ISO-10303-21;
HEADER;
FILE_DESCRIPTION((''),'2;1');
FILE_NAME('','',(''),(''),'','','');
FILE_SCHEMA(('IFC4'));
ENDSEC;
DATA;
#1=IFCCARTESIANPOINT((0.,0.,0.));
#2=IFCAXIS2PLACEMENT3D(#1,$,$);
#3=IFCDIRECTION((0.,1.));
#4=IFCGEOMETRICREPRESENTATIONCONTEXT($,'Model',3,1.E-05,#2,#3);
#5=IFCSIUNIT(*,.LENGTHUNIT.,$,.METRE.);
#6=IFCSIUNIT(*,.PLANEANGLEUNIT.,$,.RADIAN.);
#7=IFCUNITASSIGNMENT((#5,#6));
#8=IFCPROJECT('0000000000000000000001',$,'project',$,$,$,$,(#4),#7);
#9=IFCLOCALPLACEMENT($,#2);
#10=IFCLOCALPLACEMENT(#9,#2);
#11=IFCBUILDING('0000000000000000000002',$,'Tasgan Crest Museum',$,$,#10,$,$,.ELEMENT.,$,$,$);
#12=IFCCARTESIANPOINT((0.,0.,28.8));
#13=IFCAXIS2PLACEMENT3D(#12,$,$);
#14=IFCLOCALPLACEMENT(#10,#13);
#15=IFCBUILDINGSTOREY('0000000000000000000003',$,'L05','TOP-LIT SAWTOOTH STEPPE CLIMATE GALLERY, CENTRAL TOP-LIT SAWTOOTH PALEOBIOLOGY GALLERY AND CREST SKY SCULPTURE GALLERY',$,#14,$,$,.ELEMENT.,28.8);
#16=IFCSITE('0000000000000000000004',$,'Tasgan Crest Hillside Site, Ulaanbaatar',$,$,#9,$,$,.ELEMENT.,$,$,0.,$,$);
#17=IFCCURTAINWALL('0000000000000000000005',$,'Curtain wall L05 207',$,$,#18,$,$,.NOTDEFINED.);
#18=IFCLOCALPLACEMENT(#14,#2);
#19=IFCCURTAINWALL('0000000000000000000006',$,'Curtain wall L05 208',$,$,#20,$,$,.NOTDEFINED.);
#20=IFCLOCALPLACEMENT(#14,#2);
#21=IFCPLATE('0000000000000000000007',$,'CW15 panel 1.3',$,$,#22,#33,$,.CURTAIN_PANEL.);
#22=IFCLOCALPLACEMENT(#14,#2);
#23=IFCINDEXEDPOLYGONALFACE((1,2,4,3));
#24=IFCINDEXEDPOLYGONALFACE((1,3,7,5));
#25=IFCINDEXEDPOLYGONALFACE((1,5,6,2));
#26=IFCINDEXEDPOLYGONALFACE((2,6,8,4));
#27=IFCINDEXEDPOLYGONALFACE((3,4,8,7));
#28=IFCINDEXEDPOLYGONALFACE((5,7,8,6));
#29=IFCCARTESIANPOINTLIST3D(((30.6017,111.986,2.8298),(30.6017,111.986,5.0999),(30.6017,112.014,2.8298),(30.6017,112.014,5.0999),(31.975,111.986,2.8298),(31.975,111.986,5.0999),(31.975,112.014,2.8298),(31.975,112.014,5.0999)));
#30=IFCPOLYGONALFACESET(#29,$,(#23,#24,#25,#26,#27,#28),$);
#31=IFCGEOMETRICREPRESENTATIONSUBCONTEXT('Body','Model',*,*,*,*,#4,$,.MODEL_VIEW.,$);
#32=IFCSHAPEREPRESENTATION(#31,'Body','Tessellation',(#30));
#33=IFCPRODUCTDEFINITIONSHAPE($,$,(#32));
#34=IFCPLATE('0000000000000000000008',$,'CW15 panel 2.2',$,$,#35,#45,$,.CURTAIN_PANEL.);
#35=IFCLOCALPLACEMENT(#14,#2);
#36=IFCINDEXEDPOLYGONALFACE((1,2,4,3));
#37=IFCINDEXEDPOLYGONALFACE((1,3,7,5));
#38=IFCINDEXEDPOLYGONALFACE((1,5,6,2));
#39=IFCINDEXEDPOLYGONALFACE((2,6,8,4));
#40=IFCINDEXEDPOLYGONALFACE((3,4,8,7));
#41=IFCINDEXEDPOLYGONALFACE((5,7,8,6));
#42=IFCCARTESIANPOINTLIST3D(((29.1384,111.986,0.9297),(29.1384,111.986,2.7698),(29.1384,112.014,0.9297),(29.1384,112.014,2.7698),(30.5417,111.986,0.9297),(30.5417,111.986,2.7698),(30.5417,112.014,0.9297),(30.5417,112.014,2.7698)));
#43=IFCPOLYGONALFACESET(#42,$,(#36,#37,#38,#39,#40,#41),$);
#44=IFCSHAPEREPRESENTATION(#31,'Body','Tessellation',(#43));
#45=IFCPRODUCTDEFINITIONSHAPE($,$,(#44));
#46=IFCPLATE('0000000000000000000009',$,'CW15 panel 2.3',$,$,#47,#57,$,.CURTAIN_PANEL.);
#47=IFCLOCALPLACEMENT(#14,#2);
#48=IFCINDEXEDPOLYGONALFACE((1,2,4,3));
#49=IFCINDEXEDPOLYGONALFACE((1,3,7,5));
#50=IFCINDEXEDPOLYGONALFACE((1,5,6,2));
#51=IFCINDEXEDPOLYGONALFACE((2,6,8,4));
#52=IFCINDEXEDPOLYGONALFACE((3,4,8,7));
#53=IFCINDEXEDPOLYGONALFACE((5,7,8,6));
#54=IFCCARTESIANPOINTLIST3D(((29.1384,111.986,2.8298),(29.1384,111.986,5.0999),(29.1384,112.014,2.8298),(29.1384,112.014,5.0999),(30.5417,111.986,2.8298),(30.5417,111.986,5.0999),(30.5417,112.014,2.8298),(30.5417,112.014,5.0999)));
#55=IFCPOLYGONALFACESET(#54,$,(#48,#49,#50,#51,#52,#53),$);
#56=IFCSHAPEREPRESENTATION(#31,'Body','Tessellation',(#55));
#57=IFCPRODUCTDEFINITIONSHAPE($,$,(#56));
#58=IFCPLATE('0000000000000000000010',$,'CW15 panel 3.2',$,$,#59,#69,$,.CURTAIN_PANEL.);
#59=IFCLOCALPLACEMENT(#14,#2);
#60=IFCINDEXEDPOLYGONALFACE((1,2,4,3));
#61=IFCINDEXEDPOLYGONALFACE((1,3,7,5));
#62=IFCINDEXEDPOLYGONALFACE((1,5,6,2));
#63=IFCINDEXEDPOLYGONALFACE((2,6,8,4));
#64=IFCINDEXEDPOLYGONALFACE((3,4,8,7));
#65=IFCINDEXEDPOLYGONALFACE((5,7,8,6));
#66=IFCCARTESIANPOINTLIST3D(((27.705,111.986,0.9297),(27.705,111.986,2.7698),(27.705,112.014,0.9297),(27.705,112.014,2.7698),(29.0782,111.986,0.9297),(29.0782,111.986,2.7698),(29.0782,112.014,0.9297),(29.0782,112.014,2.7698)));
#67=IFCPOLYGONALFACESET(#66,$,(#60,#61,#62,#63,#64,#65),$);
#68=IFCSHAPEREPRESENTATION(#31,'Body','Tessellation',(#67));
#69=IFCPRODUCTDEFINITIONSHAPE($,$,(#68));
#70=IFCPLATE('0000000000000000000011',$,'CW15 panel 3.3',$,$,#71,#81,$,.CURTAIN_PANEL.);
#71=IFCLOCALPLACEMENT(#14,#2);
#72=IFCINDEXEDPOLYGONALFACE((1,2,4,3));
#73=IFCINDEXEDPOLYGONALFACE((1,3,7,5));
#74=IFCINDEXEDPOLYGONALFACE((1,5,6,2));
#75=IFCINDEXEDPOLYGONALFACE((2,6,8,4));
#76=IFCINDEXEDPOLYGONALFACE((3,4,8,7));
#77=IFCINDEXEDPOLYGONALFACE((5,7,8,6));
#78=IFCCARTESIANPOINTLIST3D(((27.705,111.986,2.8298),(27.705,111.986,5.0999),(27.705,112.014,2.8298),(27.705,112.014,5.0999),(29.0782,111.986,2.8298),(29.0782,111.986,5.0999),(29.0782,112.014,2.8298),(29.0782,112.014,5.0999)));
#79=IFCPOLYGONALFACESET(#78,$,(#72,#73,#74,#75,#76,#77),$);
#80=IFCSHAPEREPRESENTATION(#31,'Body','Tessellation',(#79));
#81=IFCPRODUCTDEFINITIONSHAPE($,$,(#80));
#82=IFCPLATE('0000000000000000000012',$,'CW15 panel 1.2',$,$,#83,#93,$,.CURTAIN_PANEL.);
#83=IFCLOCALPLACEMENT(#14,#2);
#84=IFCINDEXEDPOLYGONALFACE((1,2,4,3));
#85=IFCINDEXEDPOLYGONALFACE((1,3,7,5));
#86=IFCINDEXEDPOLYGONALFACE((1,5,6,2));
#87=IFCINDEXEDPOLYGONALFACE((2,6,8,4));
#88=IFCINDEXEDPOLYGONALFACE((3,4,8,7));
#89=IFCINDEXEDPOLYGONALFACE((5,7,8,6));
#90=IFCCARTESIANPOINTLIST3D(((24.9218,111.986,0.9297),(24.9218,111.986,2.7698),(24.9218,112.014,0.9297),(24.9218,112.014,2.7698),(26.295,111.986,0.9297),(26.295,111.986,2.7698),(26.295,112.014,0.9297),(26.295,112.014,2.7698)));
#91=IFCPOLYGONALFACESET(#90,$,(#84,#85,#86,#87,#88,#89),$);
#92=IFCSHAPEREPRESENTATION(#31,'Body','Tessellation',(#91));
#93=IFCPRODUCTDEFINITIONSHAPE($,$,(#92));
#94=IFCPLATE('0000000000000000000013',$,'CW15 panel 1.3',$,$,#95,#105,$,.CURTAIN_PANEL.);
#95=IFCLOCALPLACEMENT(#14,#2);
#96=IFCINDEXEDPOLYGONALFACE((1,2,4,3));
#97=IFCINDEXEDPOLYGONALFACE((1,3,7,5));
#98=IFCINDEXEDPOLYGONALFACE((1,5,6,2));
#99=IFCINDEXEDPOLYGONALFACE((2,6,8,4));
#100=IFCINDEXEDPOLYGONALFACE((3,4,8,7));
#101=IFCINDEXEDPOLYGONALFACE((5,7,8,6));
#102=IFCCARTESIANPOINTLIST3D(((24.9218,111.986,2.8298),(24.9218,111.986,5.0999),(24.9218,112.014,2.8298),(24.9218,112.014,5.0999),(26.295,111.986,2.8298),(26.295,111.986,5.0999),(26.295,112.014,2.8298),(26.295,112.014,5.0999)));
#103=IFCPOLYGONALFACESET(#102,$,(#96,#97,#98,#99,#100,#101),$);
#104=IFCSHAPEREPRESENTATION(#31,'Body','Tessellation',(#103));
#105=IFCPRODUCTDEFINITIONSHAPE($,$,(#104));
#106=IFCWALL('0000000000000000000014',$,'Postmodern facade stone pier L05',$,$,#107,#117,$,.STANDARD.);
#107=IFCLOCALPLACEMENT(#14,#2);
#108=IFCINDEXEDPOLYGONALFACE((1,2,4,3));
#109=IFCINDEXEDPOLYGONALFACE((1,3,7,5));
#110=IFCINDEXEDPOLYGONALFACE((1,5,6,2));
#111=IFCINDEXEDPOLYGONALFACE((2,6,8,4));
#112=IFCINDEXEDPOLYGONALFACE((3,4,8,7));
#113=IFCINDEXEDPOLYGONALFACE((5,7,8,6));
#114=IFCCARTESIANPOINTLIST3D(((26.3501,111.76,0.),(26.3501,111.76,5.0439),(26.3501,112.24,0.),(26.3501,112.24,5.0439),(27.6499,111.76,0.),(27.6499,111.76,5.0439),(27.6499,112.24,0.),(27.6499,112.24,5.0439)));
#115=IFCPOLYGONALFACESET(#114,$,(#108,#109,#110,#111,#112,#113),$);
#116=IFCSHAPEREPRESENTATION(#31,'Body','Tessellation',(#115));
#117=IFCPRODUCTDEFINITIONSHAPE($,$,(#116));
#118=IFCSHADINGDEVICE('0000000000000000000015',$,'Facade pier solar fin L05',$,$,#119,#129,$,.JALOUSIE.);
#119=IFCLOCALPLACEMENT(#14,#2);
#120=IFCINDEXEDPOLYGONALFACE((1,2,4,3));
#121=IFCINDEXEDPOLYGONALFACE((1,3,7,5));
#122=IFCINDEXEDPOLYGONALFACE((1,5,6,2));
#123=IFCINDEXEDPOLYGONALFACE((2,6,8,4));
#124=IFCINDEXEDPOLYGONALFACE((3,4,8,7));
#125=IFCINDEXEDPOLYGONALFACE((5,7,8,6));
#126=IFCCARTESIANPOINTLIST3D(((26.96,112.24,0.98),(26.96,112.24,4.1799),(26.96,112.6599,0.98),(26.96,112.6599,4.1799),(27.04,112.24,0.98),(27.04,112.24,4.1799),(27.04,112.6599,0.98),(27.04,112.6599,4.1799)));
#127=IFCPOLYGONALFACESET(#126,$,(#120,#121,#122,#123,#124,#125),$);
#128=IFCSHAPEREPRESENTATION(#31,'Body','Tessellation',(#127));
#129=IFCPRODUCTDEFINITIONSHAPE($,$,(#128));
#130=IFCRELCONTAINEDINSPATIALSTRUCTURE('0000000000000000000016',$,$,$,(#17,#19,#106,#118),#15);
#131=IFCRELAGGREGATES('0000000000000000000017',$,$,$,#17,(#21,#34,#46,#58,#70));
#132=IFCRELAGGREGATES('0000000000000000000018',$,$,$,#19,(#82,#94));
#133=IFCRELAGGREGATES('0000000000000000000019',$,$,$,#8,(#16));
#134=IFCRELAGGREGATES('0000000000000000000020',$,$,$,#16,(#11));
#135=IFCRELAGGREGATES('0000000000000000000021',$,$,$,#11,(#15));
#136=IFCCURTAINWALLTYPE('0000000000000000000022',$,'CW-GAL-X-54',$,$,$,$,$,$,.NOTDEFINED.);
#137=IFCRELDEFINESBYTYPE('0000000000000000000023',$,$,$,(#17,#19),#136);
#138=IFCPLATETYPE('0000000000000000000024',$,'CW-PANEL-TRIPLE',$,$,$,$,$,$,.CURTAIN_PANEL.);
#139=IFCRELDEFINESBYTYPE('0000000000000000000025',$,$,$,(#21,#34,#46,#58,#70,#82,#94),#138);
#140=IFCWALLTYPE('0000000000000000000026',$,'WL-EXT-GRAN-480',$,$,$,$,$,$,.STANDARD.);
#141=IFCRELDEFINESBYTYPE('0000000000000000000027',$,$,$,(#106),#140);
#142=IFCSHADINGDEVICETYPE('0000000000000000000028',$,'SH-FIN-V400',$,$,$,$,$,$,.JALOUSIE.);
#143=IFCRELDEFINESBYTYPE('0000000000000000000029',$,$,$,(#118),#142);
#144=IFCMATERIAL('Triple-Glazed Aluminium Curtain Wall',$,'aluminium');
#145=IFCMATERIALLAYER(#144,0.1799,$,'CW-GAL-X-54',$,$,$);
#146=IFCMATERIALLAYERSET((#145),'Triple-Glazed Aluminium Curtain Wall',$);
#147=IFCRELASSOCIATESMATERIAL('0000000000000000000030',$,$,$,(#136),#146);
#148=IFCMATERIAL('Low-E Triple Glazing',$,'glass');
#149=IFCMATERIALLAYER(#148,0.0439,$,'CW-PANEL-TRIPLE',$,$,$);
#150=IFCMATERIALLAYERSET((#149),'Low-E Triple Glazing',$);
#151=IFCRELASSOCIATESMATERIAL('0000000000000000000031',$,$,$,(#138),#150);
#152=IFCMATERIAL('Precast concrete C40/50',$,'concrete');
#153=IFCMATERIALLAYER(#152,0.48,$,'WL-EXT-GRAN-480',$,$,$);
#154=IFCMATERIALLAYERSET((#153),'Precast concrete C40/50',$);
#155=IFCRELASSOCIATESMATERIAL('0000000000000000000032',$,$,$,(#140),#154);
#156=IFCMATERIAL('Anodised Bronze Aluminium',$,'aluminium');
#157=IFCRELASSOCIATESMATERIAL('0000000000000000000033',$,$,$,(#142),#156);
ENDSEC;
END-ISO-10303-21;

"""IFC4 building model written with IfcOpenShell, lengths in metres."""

from ifc_helpers import new_model, si_unit, direction, frame, frame_2d, origin, origin_2d, place, context, subcontext, project, spatial, rectangle, extrude, material, layer, layer_set, type_object, element, aggregate, save


model = new_model("IFC4")

# Units and contexts
model_context = context("Model", 3, precision=1e-05, world=origin(), true_north=direction((0.0, 1.0)))
body_context = subcontext(model_context, "Body", "Model", "MODEL_VIEW")
ifc_project = project(units=[si_unit("LENGTHUNIT", "METRE"), si_unit("PLANEANGLEUNIT", "RADIAN")], contexts=[model_context])

# Site, building, storey
site_placement = place(None, origin())
site = spatial("IfcSite", under=ifc_project, at=site_placement, Name="Tasgan Crest Hillside Site, Ulaanbaatar", CompositionType="ELEMENT", RefElevation=0.0)
building_placement = place(site_placement, origin())
building = spatial("IfcBuilding", under=site, at=building_placement, Name="Tasgan Crest Museum", CompositionType="ELEMENT")
storey_placement = place(building_placement, frame((0.0, 0.0, 28.8)))
storey = spatial("IfcBuildingStorey", under=building, at=storey_placement, Name="L05", Description="TOP-LIT SAWTOOTH STEPPE CLIMATE GALLERY, CENTRAL TOP-LIT SAWTOOTH PALEOBIOLOGY GALLERY AND CREST SKY SCULPTURE GALLERY", CompositionType="ELEMENT", Elevation=28.8)

# Curtain walls
ifc_material_1 = material(Name="Triple-Glazed Aluminium Curtain Wall", Category="aluminium")
ifc_layer_1 = layer(ifc_material_1, 0.1799, Name="CW-GAL-X-54")
ifc_layer_set_1 = layer_set([ifc_layer_1], Name="Triple-Glazed Aluminium Curtain Wall")
curtain_wall_type = type_object("IfcCurtainWallType", Name="CW-GAL-X-54", PredefinedType="NOTDEFINED", material=ifc_layer_set_1)
curtain_wall_1_placement = place(storey_placement, origin())
curtain_wall_1 = element("IfcCurtainWall", 1, at=curtain_wall_1_placement, inside=storey, type_object=curtain_wall_type, Name="Curtain wall L05 207", PredefinedType="NOTDEFINED")
curtain_wall_2_placement = place(storey_placement, origin())
curtain_wall_2 = element("IfcCurtainWall", 2, at=curtain_wall_2_placement, inside=storey, type_object=curtain_wall_type, Name="Curtain wall L05 208", PredefinedType="NOTDEFINED")

# Plates
ifc_material_2 = material(Name="Low-E Triple Glazing", Category="glass")
ifc_layer_2 = layer(ifc_material_2, 0.0439, Name="CW-PANEL-TRIPLE")
ifc_layer_set_2 = layer_set([ifc_layer_2], Name="Low-E Triple Glazing")
plate_type_1 = type_object("IfcPlateType", Name="CW-PANEL-TRIPLE", PredefinedType="CURTAIN_PANEL", material=ifc_layer_set_2)
plate_1_placement = place(storey_placement, frame((31.2883, 112.0, 2.8298), z_axis=(0.0, 0.0, 1.0), x_axis=(-1.0, 0.0, 0.0)))
plate_1 = element("IfcPlate", 3, at=plate_1_placement, type_object=plate_type_1, Name="CW15 panel 1.3", PredefinedType="CURTAIN_PANEL", context=body_context, shape_type="SweptSolid", body=[
    extrude(rectangle(XDim=1.3733, YDim=0.0281, at=origin_2d()), origin(), (0.0, 0.0, 1.0), 2.27),
])
plate_2_placement = place(storey_placement, frame((29.8401, 112.0, 0.9297), z_axis=(0.0, 0.0, 1.0), x_axis=(-1.0, 0.0, 0.0)))
plate_2 = element("IfcPlate", 4, at=plate_2_placement, type_object=plate_type_1, Name="CW15 panel 2.2", PredefinedType="CURTAIN_PANEL", context=body_context, shape_type="SweptSolid", body=[
    extrude(rectangle(XDim=1.4033, YDim=0.0281, at=origin_2d()), origin(), (0.0, 0.0, 1.0), 1.8401),
])
plate_3_placement = place(storey_placement, frame((29.8401, 112.0, 2.8298), z_axis=(0.0, 0.0, 1.0), x_axis=(-1.0, 0.0, 0.0)))
plate_3 = element("IfcPlate", 5, at=plate_3_placement, type_object=plate_type_1, Name="CW15 panel 2.3", PredefinedType="CURTAIN_PANEL", context=body_context, shape_type="SweptSolid", body=[
    extrude(rectangle(XDim=1.4033, YDim=0.0281, at=origin_2d()), origin(), (0.0, 0.0, 1.0), 2.27),
])
plate_4_placement = place(storey_placement, frame((28.3916, 112.0, 0.9297), z_axis=(0.0, 0.0, 1.0), x_axis=(-1.0, 0.0, 0.0)))
plate_4 = element("IfcPlate", 6, at=plate_4_placement, type_object=plate_type_1, Name="CW15 panel 3.2", PredefinedType="CURTAIN_PANEL", context=body_context, shape_type="SweptSolid", body=[
    extrude(rectangle(XDim=1.3733, YDim=0.0281, at=origin_2d()), origin(), (0.0, 0.0, 1.0), 1.8401),
])
plate_5_placement = place(storey_placement, frame((28.3916, 112.0, 2.8298), z_axis=(0.0, 0.0, 1.0), x_axis=(-1.0, 0.0, 0.0)))
plate_5 = element("IfcPlate", 7, at=plate_5_placement, type_object=plate_type_1, Name="CW15 panel 3.3", PredefinedType="CURTAIN_PANEL", context=body_context, shape_type="SweptSolid", body=[
    extrude(rectangle(XDim=1.3733, YDim=0.0281, at=origin_2d()), origin(), (0.0, 0.0, 1.0), 2.27),
])
aggregate(curtain_wall_1, [plate_1, plate_2, plate_3, plate_4, plate_5])
plate_6_placement = place(storey_placement, frame((25.6084, 112.0, 0.9297), z_axis=(0.0, 0.0, 1.0), x_axis=(-1.0, 0.0, 0.0)))
plate_6 = element("IfcPlate", 8, at=plate_6_placement, type_object=plate_type_1, Name="CW15 panel 1.2", PredefinedType="CURTAIN_PANEL", context=body_context, shape_type="SweptSolid", body=[
    extrude(rectangle(XDim=1.3733, YDim=0.0281, at=origin_2d()), origin(), (0.0, 0.0, 1.0), 1.8401),
])
plate_7_placement = place(storey_placement, frame((25.6084, 112.0, 2.8298), z_axis=(0.0, 0.0, 1.0), x_axis=(-1.0, 0.0, 0.0)))
plate_7 = element("IfcPlate", 9, at=plate_7_placement, type_object=plate_type_1, Name="CW15 panel 1.3", PredefinedType="CURTAIN_PANEL", context=body_context, shape_type="SweptSolid", body=[
    extrude(rectangle(XDim=1.3733, YDim=0.0281, at=origin_2d()), origin(), (0.0, 0.0, 1.0), 2.27),
])
aggregate(curtain_wall_2, [plate_6, plate_7])

# Wall
ifc_material_3 = material(Name="Precast concrete C40/50", Category="concrete")
ifc_layer_3 = layer(ifc_material_3, 0.48, Name="WL-EXT-GRAN-480")
ifc_layer_set_3 = layer_set([ifc_layer_3], Name="Precast concrete C40/50")
wall_type = type_object("IfcWallType", Name="WL-EXT-GRAN-480", PredefinedType="STANDARD", material=ifc_layer_set_3)
wall_placement = place(storey_placement, frame((27.6499, 112.0, 0.0), z_axis=(0.0, 0.0, 1.0), x_axis=(-1.0, 0.0, 0.0)))
element("IfcWall", 10, at=wall_placement, inside=storey, type_object=wall_type, Name="Postmodern facade stone pier L05", PredefinedType="STANDARD", context=body_context, shape_type="SweptSolid", body=[
    extrude(rectangle(XDim=1.2998, YDim=0.48, at=frame_2d((0.6499, 0.0))), origin(), (0.0, 0.0, 1.0), 5.0439),
])

# Shading device
ifc_material_4 = material(Name="Anodised Bronze Aluminium", Category="aluminium")
shading_device_type = type_object("IfcShadingDeviceType", Name="SH-FIN-V400", PredefinedType="JALOUSIE", material=ifc_material_4)
shading_device_placement = place(storey_placement, frame((27.0, 112.45, 0.98), z_axis=(0.0, 0.0, 1.0), x_axis=(-1.0, 0.0, 0.0)))
element("IfcShadingDevice", 11, at=shading_device_placement, inside=storey, type_object=shading_device_type, Name="Facade pier solar fin L05", PredefinedType="JALOUSIE", context=body_context, shape_type="SweptSolid", body=[
    extrude(rectangle(XDim=0.0801, YDim=0.4199, at=origin_2d()), origin(), (0.0, 0.0, 1.0), 3.2),
])

save(model, "model.ifc")
